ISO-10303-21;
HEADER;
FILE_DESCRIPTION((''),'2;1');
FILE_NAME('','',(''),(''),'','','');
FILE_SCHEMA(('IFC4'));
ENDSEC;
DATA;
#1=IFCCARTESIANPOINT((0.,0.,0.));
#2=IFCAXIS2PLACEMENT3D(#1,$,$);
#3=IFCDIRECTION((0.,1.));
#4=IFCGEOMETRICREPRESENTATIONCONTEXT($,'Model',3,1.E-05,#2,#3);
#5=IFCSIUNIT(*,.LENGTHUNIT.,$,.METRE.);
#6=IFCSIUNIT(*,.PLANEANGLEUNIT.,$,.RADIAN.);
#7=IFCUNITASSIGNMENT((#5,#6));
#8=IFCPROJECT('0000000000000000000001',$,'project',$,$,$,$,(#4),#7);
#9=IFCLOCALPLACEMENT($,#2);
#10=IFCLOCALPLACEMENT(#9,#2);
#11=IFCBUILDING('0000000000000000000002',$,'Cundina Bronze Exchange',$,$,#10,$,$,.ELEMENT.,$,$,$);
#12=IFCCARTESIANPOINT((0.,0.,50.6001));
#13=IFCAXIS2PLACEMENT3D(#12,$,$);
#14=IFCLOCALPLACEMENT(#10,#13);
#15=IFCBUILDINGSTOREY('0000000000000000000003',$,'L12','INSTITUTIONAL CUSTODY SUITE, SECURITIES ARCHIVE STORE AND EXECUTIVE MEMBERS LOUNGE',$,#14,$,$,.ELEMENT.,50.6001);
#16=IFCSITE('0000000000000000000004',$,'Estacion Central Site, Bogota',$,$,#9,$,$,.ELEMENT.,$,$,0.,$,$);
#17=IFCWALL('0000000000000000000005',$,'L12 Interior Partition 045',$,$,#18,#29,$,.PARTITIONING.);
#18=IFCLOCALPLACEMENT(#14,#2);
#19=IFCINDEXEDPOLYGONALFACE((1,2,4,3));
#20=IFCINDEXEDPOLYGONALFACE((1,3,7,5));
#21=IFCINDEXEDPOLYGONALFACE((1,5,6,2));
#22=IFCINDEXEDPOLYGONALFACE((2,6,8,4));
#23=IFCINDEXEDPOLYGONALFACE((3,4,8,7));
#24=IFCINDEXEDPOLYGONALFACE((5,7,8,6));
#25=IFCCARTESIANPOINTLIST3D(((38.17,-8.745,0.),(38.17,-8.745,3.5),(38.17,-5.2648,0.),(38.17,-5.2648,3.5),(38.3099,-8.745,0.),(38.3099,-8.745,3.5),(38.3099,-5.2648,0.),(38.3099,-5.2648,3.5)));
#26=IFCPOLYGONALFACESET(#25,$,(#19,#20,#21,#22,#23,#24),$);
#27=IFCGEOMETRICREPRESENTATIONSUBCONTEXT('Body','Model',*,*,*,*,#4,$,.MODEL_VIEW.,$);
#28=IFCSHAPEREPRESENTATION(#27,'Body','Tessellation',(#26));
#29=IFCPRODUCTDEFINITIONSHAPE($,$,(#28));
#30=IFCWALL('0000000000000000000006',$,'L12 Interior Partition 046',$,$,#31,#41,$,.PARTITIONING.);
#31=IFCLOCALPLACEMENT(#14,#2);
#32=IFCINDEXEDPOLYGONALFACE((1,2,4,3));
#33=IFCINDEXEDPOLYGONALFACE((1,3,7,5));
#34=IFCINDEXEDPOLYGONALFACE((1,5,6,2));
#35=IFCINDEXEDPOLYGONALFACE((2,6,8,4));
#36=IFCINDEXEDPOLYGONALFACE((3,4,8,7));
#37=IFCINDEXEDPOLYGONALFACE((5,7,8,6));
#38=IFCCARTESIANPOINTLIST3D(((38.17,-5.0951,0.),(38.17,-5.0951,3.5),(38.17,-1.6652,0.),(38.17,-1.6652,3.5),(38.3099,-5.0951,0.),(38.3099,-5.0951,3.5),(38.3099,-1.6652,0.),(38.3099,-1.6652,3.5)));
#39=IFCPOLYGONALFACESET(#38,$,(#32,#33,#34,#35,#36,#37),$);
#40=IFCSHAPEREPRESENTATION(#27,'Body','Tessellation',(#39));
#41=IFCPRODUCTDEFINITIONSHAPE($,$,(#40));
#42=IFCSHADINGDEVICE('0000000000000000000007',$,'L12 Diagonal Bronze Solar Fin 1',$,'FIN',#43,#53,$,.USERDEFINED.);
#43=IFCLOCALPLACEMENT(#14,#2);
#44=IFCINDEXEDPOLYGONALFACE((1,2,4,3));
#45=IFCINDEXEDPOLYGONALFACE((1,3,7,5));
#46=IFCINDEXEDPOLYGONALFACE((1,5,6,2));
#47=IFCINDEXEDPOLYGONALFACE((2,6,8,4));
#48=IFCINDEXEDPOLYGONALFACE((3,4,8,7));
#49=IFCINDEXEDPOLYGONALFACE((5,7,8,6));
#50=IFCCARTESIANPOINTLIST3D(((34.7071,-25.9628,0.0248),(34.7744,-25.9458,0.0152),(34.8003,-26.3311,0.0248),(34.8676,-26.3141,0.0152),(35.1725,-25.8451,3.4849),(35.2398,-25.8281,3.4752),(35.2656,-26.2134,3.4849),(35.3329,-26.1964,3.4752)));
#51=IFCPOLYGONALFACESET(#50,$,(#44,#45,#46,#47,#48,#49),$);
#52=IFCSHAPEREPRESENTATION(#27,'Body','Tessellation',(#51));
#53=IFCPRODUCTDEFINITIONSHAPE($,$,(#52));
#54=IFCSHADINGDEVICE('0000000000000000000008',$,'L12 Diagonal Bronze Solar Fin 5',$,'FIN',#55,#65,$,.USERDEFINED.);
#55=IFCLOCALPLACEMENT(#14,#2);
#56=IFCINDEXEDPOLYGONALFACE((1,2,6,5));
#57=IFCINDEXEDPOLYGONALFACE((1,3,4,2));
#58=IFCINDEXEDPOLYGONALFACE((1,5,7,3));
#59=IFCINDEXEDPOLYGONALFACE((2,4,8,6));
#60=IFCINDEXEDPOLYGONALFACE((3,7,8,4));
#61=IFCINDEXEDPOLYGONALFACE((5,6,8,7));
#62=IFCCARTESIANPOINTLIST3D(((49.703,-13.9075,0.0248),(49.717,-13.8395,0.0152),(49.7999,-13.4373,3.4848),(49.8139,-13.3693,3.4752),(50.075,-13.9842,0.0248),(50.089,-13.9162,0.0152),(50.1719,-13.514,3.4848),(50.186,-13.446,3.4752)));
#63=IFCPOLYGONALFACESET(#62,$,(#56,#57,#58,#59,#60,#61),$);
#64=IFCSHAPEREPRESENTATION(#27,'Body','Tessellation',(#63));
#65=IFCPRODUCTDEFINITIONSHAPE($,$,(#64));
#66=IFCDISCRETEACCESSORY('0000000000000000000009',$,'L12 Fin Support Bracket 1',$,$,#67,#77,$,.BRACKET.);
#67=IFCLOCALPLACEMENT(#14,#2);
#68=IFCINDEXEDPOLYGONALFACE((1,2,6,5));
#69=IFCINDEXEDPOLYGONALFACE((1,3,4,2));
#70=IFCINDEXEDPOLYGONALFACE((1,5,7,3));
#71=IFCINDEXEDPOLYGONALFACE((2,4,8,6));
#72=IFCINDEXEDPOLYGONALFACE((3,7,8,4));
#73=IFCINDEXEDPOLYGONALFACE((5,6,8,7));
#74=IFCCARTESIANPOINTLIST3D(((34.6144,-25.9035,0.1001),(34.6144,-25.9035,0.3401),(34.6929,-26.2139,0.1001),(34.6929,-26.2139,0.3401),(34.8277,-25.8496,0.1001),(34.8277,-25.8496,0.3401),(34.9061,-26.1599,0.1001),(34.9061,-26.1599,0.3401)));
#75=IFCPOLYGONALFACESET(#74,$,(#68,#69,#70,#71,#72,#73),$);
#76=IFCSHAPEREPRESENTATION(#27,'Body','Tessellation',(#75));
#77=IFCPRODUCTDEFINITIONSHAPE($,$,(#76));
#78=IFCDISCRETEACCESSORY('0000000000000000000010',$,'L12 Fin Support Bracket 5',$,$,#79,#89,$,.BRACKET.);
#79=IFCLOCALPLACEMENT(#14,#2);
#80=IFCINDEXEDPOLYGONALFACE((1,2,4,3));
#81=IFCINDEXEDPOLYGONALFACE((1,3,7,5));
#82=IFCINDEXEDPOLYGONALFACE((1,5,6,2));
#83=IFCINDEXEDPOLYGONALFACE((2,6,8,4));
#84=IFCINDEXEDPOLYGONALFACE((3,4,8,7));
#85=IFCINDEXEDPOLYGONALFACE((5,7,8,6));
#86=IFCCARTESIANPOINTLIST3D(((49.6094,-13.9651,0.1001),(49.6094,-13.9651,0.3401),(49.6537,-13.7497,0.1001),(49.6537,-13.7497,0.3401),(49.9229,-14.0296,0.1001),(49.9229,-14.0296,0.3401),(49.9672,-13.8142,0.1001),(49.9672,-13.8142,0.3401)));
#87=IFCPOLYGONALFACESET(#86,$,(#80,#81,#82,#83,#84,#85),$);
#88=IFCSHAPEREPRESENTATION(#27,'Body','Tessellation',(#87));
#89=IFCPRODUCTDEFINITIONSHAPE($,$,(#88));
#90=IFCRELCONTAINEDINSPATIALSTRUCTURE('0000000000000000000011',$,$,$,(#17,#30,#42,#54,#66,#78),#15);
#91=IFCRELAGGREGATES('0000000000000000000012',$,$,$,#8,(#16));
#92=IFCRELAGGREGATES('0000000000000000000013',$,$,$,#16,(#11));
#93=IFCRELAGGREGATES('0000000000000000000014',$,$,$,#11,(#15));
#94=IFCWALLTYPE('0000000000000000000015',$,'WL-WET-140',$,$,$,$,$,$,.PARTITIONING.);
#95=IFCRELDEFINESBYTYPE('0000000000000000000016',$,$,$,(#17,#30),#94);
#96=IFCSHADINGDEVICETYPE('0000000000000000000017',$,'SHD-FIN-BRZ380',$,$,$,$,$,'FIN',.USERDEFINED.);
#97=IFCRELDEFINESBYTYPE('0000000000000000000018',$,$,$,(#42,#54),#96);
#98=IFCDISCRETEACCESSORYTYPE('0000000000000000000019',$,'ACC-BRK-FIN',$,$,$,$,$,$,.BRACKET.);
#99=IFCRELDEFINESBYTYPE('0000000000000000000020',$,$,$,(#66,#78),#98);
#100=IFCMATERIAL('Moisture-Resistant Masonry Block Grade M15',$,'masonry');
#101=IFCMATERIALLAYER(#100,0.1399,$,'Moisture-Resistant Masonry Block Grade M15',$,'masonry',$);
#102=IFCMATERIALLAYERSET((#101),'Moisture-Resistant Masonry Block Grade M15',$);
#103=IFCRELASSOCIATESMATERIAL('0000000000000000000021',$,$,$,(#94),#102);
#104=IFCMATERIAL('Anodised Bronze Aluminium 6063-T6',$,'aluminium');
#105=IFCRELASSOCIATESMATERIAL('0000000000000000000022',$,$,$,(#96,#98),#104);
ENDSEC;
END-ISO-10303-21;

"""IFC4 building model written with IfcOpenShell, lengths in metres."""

from ifc_helpers import new_model, si_unit, direction, frame, frame_2d, origin, origin_2d, place, context, subcontext, project, spatial, rectangle, extrude, material, layer, layer_set, material_profile, profile_set, type_object, element, save


model = new_model("IFC4")

# Units and contexts
model_context = context("Model", 3, precision=1e-05, world=origin(), true_north=direction((0.0, 1.0)))
body_context = subcontext(model_context, "Body", "Model", "MODEL_VIEW")
ifc_project = project(units=[si_unit("LENGTHUNIT", "METRE"), si_unit("PLANEANGLEUNIT", "RADIAN")], contexts=[model_context])

# Site, building, storey
site_placement = place(None, origin())
site = spatial("IfcSite", under=ifc_project, at=site_placement, Name="Estacion Central Site, Bogota", CompositionType="ELEMENT", RefElevation=0.0)
building_placement = place(site_placement, origin())
building = spatial("IfcBuilding", under=site, at=building_placement, Name="Cundina Bronze Exchange", CompositionType="ELEMENT")
storey_placement = place(building_placement, frame((0.0, 0.0, 50.6001)))
storey = spatial("IfcBuildingStorey", under=building, at=storey_placement, Name="L12", Description="INSTITUTIONAL CUSTODY SUITE, SECURITIES ARCHIVE STORE AND EXECUTIVE MEMBERS LOUNGE", CompositionType="ELEMENT", Elevation=50.6001)

# Shared definitions
ifc_material_1 = material(Name="Anodised Bronze Aluminium 6063-T6", Category="aluminium")

# Walls
ifc_material_2 = material(Name="Moisture-Resistant Masonry Block Grade M15", Category="masonry")
ifc_layer_1 = layer(ifc_material_2, 0.1399, Name="Moisture-Resistant Masonry Block Grade M15", Category="masonry")
ifc_layer_set_1 = layer_set([ifc_layer_1], Name="Moisture-Resistant Masonry Block Grade M15")
wall_type_1 = type_object("IfcWallType", Name="WL-WET-140", PredefinedType="PARTITIONING", material=ifc_layer_set_1)
wall_1_placement = place(storey_placement, frame((38.24, -8.7451, 0.0), z_axis=(0.0, 0.0, 1.0), x_axis=(0.0, 1.0, 0.0)))
element("IfcWall", 1, at=wall_1_placement, inside=storey, type_object=wall_type_1, Name="L12 Interior Partition 045", PredefinedType="PARTITIONING", context=body_context, shape_type="SweptSolid", body=[
    extrude(rectangle(XDim=3.4802, YDim=0.1399, at=frame_2d((1.7402, 0.0))), origin(), (0.0, 0.0, 1.0), 3.5),
])
wall_2_placement = place(storey_placement, frame((38.24, -5.095, 0.0), z_axis=(0.0, 0.0, 1.0), x_axis=(0.0, 1.0, 0.0)))
element("IfcWall", 2, at=wall_2_placement, inside=storey, type_object=wall_type_1, Name="L12 Interior Partition 046", PredefinedType="PARTITIONING", context=body_context, shape_type="SweptSolid", body=[
    extrude(rectangle(XDim=3.4299, YDim=0.1399, at=frame_2d((1.7148, 0.0))), origin(), (0.0, 0.0, 1.0), 3.5),
])

# Shading devices
ifc_material_profile_1 = material_profile(ifc_material_1, rectangle(XDim=0.0701, YDim=0.3799, at=origin_2d()), Name="FIN70X380", Category="aluminium")
ifc_profile_set_1 = profile_set([ifc_material_profile_1], Name="Anodised Bronze Aluminium 6063-T6")
shading_device_type = type_object("IfcShadingDeviceType", Name="SHD-FIN-BRZ380", ElementType="FIN", PredefinedType="USERDEFINED", material=ifc_profile_set_1)
for number, where, z_axis, x_axis, name in (
    (3, (34.7874, -26.1384, 0.02), (0.133215, 0.033688, 0.990514), (-0.960285, -0.242842, 0.137408), "L12 Diagonal Bronze Solar Fin 1"),
    (4, (49.896, -13.9119, 0.02), (0.027747, 0.134612, 0.99051), (-0.199967, -0.970115, 0.137442), "L12 Diagonal Bronze Solar Fin 5"),
):
    element("IfcShadingDevice", number, at=place(storey_placement, frame(where, z_axis=z_axis, x_axis=x_axis)), inside=storey, type_object=shading_device_type, Name=name, ObjectType="FIN", PredefinedType="USERDEFINED", context=body_context, shape_type="SweptSolid", body=[
        extrude(rectangle(XDim=0.0701, YDim=0.3799, at=origin_2d()), origin(), (0.0, 0.0, 1.0), 3.4932),
    ])

# Discrete accessories
discrete_accessory_type = type_object("IfcDiscreteAccessoryType", Name="ACC-BRK-FIN", PredefinedType="BRACKET", material=ifc_material_1)
for number, where, z_axis, x_axis, name in (
    (5, (34.7603, -26.0317, 0.1001), (0.0, 0.0, 1.0), (0.969488, 0.245138, 0.0), "L12 Fin Support Bracket 1"),
    (6, (49.7883, -13.8896, 0.1001), (0.0, 0.0, 1.0), (0.20142, 0.979505, 0.0), "L12 Fin Support Bracket 5"),
):
    element("IfcDiscreteAccessory", number, at=place(storey_placement, frame(where, z_axis=z_axis, x_axis=x_axis)), inside=storey, type_object=discrete_accessory_type, Name=name, PredefinedType="BRACKET", context=body_context, shape_type="SweptSolid", body=[
        extrude(rectangle(XDim=0.22, YDim=0.3201, at=origin_2d()), origin(), (0.0, 0.0, 1.0), 0.24),
    ])

save(model, "model.ifc")
